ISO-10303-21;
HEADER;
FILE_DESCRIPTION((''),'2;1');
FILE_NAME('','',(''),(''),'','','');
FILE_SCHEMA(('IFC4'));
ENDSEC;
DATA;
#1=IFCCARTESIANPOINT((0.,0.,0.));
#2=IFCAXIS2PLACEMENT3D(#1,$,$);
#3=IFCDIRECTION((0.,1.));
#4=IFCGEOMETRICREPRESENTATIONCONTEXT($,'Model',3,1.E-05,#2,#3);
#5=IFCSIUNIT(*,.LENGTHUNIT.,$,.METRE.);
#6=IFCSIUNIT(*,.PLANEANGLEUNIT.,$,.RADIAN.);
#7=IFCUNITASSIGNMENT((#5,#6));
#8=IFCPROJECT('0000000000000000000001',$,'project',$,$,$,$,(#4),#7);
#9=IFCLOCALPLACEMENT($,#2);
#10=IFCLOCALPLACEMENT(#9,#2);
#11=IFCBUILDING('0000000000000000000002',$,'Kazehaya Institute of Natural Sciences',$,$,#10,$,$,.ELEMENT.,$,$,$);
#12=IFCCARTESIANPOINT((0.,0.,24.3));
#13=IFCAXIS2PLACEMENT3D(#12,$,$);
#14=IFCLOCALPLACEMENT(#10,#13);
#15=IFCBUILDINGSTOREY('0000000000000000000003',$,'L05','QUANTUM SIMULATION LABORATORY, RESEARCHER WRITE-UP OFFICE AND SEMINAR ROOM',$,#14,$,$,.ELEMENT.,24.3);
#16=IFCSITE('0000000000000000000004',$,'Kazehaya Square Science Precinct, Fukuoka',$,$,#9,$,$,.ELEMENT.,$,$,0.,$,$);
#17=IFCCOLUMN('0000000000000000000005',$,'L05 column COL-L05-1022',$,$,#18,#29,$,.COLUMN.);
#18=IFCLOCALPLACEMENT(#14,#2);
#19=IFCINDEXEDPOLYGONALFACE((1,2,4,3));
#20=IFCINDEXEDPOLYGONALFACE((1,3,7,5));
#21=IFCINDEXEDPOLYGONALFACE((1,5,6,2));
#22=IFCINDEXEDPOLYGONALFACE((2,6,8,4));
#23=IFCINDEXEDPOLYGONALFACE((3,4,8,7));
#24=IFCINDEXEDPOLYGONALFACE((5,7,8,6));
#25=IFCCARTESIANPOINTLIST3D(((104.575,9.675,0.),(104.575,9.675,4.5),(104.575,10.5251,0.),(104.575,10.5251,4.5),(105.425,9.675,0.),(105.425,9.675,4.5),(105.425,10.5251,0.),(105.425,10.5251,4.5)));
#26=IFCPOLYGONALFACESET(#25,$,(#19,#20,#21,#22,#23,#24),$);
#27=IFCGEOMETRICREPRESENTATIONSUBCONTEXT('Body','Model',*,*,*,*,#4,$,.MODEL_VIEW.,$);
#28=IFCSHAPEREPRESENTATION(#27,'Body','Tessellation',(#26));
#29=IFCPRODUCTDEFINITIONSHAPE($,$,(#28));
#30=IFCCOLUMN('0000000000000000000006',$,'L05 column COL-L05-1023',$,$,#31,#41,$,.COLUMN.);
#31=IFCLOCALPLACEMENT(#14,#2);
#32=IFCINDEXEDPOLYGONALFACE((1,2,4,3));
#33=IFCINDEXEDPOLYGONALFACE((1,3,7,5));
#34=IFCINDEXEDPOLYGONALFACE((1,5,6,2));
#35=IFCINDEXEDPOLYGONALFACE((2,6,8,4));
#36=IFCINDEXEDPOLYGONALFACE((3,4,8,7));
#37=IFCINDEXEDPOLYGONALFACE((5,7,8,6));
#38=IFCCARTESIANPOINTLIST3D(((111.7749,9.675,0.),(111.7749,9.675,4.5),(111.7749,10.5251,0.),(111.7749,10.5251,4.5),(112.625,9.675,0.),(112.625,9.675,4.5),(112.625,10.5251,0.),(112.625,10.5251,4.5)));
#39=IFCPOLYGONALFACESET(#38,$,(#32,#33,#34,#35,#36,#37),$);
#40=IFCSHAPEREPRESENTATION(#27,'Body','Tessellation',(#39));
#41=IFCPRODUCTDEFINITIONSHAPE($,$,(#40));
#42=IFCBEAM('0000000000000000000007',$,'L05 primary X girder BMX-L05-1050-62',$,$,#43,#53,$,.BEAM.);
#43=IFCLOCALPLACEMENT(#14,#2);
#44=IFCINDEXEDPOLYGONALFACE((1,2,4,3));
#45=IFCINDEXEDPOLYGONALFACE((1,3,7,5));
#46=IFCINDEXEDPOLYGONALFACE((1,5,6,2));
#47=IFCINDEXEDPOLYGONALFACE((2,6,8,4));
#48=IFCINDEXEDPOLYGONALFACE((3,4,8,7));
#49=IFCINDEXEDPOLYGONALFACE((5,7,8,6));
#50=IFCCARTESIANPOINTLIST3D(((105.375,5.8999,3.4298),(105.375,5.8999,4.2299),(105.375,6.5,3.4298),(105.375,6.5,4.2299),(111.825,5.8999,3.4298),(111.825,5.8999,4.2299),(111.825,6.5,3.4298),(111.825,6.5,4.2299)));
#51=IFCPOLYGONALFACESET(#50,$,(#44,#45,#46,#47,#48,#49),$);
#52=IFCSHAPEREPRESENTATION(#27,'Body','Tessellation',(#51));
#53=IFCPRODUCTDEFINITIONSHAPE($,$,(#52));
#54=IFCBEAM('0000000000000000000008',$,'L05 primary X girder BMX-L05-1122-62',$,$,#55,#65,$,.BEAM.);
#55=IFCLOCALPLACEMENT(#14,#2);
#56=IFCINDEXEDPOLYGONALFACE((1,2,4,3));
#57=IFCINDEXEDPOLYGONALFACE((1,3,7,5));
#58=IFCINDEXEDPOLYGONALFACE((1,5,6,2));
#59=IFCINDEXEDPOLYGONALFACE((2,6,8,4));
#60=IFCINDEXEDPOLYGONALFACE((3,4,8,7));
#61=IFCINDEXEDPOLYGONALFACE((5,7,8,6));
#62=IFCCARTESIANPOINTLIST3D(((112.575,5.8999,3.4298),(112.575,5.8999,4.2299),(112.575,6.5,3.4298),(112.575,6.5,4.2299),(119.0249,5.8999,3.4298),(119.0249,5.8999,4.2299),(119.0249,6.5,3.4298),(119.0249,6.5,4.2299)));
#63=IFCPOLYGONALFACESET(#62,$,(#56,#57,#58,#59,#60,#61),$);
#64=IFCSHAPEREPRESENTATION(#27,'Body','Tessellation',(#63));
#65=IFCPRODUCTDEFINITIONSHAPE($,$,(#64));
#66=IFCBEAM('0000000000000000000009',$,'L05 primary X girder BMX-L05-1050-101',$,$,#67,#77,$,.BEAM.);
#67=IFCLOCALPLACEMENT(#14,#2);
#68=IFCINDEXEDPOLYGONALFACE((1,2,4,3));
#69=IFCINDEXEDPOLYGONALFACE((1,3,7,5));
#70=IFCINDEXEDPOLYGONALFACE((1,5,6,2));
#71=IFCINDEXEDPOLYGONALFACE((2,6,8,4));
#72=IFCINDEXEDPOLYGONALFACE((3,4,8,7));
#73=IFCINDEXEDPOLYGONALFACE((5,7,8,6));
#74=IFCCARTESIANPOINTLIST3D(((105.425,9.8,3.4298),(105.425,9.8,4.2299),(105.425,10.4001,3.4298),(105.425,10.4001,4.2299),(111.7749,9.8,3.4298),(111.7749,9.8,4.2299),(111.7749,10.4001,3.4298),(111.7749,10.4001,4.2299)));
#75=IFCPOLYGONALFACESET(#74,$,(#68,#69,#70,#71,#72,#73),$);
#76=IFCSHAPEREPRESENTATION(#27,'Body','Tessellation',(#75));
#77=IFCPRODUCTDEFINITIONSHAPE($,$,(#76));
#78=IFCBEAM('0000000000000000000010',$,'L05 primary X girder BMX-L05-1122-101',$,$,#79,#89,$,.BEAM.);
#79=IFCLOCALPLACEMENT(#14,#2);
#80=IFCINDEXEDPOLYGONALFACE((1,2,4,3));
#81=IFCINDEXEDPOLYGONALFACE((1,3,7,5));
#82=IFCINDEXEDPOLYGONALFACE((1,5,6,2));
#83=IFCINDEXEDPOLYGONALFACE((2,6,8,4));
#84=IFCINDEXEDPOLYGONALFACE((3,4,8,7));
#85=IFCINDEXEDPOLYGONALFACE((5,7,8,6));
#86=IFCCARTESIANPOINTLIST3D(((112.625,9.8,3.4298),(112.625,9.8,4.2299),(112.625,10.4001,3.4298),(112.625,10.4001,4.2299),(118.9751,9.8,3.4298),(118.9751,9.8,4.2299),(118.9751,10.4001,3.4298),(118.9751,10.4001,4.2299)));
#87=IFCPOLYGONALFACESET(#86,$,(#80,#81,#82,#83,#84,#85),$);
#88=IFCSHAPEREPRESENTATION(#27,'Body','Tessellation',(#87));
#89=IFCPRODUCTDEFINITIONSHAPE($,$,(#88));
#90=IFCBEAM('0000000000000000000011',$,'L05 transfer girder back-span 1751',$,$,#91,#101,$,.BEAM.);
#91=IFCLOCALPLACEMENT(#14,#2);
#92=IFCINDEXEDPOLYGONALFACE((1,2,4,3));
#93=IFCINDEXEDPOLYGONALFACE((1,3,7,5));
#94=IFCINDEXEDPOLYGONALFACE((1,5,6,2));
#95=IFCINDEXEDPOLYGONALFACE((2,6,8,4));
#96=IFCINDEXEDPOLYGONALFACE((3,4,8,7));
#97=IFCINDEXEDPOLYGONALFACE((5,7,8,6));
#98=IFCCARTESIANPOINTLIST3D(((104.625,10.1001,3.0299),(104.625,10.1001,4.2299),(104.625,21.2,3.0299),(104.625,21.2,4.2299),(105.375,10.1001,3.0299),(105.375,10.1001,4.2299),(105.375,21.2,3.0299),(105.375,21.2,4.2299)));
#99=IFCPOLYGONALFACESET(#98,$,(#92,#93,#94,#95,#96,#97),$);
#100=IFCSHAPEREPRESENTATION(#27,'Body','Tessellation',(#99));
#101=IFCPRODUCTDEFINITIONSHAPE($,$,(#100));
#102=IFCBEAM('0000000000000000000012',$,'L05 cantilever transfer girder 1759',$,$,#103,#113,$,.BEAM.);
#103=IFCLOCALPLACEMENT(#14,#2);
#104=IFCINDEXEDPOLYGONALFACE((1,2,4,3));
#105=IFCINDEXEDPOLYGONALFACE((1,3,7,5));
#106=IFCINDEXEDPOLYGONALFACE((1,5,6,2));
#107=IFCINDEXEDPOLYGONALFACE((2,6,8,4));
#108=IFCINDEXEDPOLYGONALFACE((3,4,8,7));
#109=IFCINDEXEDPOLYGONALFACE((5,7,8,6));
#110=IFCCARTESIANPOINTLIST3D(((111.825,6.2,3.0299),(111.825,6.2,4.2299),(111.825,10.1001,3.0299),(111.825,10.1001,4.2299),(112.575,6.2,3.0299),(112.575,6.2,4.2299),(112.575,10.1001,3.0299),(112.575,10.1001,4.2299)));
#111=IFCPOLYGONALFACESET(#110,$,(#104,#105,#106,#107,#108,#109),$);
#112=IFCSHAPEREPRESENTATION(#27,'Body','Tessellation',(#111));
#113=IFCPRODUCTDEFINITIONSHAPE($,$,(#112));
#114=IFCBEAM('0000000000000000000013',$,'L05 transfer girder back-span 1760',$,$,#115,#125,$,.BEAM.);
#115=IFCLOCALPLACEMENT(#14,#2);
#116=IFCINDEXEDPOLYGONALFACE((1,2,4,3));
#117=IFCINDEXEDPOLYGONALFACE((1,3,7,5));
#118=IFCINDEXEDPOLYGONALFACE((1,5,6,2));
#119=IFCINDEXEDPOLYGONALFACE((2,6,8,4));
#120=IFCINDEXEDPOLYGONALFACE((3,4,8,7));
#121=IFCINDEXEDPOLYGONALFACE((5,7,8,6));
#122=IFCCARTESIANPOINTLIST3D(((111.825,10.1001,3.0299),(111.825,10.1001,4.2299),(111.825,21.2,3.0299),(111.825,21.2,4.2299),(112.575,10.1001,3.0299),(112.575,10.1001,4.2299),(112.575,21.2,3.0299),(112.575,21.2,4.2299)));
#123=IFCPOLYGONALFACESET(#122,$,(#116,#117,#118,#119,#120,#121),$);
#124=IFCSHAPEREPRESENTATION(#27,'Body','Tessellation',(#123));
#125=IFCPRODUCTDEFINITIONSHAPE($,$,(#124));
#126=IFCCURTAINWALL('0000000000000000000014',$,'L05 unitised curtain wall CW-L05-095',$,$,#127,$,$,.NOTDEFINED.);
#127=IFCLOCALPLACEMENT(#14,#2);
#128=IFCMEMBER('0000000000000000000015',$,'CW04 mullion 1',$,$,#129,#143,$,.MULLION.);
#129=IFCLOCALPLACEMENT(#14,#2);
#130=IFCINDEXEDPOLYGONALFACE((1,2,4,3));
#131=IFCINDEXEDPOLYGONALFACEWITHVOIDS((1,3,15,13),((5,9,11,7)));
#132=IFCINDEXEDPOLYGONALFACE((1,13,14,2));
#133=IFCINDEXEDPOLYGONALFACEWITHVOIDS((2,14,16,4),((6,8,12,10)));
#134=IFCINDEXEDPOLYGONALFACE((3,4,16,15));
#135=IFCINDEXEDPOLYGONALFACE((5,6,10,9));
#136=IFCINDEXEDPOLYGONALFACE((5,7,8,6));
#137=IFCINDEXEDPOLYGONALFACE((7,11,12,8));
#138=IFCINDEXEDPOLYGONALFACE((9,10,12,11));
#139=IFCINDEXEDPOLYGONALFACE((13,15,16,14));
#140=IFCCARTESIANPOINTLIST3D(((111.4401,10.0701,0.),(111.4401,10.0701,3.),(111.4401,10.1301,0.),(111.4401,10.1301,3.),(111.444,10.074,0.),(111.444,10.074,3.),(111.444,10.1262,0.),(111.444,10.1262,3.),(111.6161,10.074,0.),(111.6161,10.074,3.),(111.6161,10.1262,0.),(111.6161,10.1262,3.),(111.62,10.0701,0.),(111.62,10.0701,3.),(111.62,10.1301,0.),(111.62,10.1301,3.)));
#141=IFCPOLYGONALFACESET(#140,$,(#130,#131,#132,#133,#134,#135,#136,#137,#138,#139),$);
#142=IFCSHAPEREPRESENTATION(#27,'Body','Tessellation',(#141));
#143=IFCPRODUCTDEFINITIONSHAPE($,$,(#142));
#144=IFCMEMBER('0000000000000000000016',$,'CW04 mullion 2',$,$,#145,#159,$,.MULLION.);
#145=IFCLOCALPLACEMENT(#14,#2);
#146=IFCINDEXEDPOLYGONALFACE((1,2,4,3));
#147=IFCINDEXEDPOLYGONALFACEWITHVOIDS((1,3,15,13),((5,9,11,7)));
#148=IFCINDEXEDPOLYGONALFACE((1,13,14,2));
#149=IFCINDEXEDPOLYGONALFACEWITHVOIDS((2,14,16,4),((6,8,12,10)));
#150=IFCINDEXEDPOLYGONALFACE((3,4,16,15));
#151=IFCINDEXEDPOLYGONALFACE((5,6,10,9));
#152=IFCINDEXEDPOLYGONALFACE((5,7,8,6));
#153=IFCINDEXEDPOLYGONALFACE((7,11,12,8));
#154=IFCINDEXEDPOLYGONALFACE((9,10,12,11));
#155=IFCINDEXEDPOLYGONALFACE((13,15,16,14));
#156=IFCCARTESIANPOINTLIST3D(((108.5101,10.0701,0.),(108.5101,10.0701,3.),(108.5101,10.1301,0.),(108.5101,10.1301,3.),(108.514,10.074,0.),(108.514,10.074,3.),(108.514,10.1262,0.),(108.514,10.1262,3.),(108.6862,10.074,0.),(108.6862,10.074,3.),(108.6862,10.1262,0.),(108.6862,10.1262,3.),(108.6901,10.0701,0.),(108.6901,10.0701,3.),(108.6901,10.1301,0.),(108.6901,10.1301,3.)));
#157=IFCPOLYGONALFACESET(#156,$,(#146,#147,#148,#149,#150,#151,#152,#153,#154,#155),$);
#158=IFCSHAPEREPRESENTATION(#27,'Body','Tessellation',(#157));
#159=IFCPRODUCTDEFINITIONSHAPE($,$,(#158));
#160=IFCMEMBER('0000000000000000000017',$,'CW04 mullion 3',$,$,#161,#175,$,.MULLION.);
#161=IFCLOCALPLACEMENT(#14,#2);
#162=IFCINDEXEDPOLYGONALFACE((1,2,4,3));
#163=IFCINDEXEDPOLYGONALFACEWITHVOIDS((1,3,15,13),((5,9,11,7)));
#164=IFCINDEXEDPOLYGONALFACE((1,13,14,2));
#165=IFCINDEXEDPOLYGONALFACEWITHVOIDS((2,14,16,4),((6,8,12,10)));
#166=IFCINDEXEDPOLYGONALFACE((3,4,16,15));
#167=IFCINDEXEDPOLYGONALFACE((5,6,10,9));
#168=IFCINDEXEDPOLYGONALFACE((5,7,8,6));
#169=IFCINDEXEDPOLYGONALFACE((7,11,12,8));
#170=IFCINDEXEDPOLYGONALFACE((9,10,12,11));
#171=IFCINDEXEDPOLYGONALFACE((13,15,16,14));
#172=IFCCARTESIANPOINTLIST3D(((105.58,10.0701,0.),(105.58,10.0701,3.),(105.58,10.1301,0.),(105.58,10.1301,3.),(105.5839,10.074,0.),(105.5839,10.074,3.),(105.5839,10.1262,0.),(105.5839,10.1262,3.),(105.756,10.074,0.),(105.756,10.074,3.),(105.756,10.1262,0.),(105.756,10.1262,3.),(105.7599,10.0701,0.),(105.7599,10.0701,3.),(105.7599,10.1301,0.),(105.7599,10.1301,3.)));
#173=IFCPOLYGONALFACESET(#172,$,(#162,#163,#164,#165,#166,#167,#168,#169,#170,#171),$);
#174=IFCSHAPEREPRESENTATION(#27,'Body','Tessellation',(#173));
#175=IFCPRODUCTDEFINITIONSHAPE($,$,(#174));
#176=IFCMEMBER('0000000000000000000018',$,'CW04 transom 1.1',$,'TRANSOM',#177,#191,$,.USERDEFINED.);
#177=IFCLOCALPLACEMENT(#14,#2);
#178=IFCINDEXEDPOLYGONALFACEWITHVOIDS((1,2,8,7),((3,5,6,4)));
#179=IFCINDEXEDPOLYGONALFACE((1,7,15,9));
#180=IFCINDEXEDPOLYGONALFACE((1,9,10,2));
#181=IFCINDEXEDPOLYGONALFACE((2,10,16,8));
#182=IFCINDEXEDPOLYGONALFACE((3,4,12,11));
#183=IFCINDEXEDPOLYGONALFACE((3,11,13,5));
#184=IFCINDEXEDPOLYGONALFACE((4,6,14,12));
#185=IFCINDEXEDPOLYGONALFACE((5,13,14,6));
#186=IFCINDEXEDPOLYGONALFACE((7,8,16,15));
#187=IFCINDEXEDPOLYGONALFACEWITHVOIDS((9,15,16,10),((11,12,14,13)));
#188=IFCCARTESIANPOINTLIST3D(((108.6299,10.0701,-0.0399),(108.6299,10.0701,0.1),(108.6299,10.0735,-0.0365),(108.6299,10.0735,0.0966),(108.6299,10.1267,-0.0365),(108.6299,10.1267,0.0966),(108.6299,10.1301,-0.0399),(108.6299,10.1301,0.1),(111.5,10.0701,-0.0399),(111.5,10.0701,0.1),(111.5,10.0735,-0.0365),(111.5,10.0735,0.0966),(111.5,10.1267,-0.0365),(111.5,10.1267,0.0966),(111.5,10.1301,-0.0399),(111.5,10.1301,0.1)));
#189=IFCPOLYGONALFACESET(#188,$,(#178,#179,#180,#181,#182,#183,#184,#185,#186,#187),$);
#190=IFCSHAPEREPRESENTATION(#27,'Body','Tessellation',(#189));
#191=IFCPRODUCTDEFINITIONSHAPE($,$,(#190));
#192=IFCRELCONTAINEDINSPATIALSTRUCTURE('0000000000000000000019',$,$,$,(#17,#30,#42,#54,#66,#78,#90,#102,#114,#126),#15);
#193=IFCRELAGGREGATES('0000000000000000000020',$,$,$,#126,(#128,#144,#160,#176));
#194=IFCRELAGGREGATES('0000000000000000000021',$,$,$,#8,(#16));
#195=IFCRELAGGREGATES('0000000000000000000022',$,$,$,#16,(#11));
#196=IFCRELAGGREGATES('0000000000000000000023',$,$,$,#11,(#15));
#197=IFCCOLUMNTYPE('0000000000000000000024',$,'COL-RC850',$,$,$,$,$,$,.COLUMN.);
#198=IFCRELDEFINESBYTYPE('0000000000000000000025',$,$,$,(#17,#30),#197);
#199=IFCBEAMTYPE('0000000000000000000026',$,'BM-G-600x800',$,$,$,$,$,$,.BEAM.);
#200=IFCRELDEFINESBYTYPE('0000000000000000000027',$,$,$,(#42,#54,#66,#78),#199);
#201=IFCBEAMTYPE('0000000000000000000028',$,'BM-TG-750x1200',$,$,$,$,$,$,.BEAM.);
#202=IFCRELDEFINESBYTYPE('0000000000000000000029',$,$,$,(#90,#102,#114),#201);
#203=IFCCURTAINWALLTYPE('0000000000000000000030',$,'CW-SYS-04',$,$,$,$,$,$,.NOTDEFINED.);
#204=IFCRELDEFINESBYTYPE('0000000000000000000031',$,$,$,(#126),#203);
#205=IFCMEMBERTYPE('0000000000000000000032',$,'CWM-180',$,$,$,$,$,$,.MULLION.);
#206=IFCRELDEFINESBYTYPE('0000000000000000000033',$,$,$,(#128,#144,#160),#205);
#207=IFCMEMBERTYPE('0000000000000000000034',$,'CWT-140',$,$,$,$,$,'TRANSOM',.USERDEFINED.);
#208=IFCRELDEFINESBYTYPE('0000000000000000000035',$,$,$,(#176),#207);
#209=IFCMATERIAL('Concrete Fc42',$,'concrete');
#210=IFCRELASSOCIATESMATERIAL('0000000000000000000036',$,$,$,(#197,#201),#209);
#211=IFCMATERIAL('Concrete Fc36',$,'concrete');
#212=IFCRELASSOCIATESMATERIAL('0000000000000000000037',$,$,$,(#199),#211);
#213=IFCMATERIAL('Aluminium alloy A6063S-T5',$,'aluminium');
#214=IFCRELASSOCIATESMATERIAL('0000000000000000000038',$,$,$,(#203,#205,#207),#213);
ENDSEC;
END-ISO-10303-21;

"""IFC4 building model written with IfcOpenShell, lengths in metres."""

from ifc_helpers import new_model, si_unit, direction, frame, origin, origin_2d, place, context, subcontext, project, spatial, rectangle, hollow_rectangle, extrude, material, material_profile, profile_set, type_object, element, aggregate, save


model = new_model("IFC4")

# Units and contexts
model_context = context("Model", 3, precision=1e-05, world=origin(), true_north=direction((0.0, 1.0)))
body_context = subcontext(model_context, "Body", "Model", "MODEL_VIEW")
ifc_project = project(units=[si_unit("LENGTHUNIT", "METRE"), si_unit("PLANEANGLEUNIT", "RADIAN")], contexts=[model_context])

# Site, building, storey
site_placement = place(None, origin())
site = spatial("IfcSite", under=ifc_project, at=site_placement, Name="Kazehaya Square Science Precinct, Fukuoka", CompositionType="ELEMENT", RefElevation=0.0)
building_placement = place(site_placement, origin())
building = spatial("IfcBuilding", under=site, at=building_placement, Name="Kazehaya Institute of Natural Sciences", CompositionType="ELEMENT")
storey_placement = place(building_placement, frame((0.0, 0.0, 24.3)))
storey = spatial("IfcBuildingStorey", under=building, at=storey_placement, Name="L05", Description="QUANTUM SIMULATION LABORATORY, RESEARCHER WRITE-UP OFFICE AND SEMINAR ROOM", CompositionType="ELEMENT", Elevation=24.3)

# Columns
ifc_material_1 = material(Name="Concrete Fc42", Category="concrete")
ifc_material_profile_1 = material_profile(ifc_material_1, rectangle(XDim=0.8501, YDim=0.8501, at=origin_2d()), Name="RC-850x850")
ifc_profile_set_1 = profile_set([ifc_material_profile_1], Name="Concrete Fc42")
column_type = type_object("IfcColumnType", Name="COL-RC850", PredefinedType="COLUMN", material=ifc_profile_set_1)
for number, where, z_axis, x_axis, name in (
    (1, (105.0, 10.1001, 0.0), (0.0, 0.0, 1.0), (1.0, 0.0, 0.0), "L05 column COL-L05-1022"),
    (2, (112.2, 10.1001, 0.0), (0.0, 0.0, 1.0), (1.0, 0.0, 0.0), "L05 column COL-L05-1023"),
):
    element("IfcColumn", number, at=place(storey_placement, frame(where, z_axis=z_axis, x_axis=x_axis)), inside=storey, type_object=column_type, Name=name, PredefinedType="COLUMN", context=body_context, shape_type="SweptSolid", body=[
        extrude(rectangle(XDim=0.8501, YDim=0.8501, at=origin_2d()), origin(), (0.0, 0.0, 1.0), 4.5),
    ])

# Beams
ifc_material_2 = material(Name="Concrete Fc36", Category="concrete")
ifc_material_profile_2 = material_profile(ifc_material_2, rectangle(XDim=0.6001, YDim=0.8, at=origin_2d()), Name="RC-600x800")
ifc_profile_set_2 = profile_set([ifc_material_profile_2], Name="Concrete Fc36")
beam_type_1 = type_object("IfcBeamType", Name="BM-G-600x800", PredefinedType="BEAM", material=ifc_profile_set_2)
for number, where, z_axis, x_axis, name in (
    (3, (105.375, 6.2, 3.8298), (1.0, 0.0, 0.0), (0.0, 1.0, 0.0), "L05 primary X girder BMX-L05-1050-62"),
    (4, (112.575, 6.2, 3.8298), (1.0, 0.0, 0.0), (0.0, 1.0, 0.0), "L05 primary X girder BMX-L05-1122-62"),
):
    element("IfcBeam", number, at=place(storey_placement, frame(where, z_axis=z_axis, x_axis=x_axis)), inside=storey, type_object=beam_type_1, Name=name, PredefinedType="BEAM", context=body_context, shape_type="SweptSolid", body=[
        extrude(rectangle(XDim=0.6001, YDim=0.8, at=origin_2d()), origin(), (0.0, 0.0, 1.0), 6.45),
    ])
beam_1_placement = place(storey_placement, frame((105.425, 10.1001, 3.8298), z_axis=(1.0, 0.0, 0.0), x_axis=(0.0, 1.0, 0.0)))
element("IfcBeam", 5, at=beam_1_placement, inside=storey, type_object=beam_type_1, Name="L05 primary X girder BMX-L05-1050-101", PredefinedType="BEAM", context=body_context, shape_type="SweptSolid", body=[
    extrude(rectangle(XDim=0.6001, YDim=0.8, at=origin_2d()), origin(), (0.0, 0.0, 1.0), 6.3499),
])
beam_2_placement = place(storey_placement, frame((112.625, 10.1001, 3.8298), z_axis=(1.0, 0.0, 0.0), x_axis=(0.0, 1.0, 0.0)))
element("IfcBeam", 6, at=beam_2_placement, inside=storey, type_object=beam_type_1, Name="L05 primary X girder BMX-L05-1122-101", PredefinedType="BEAM", context=body_context, shape_type="SweptSolid", body=[
    extrude(rectangle(XDim=0.6001, YDim=0.8, at=origin_2d()), origin(), (0.0, 0.0, 1.0), 6.3501),
])
ifc_material_profile_3 = material_profile(ifc_material_1, rectangle(XDim=0.75, YDim=1.2, at=origin_2d()), Name="RC-750x1200")
ifc_profile_set_3 = profile_set([ifc_material_profile_3], Name="Concrete Fc42")
beam_type_2 = type_object("IfcBeamType", Name="BM-TG-750x1200", PredefinedType="BEAM", material=ifc_profile_set_3)
beam_3_placement = place(storey_placement, frame((105.0, 10.1001, 3.6299), z_axis=(0.0, 1.0, 0.0), x_axis=(-1.0, 0.0, 0.0)))
element("IfcBeam", 7, at=beam_3_placement, inside=storey, type_object=beam_type_2, Name="L05 transfer girder back-span 1751", PredefinedType="BEAM", context=body_context, shape_type="SweptSolid", body=[
    extrude(rectangle(XDim=0.75, YDim=1.2, at=origin_2d()), origin(), (0.0, 0.0, 1.0), 11.0999),
])
beam_4_placement = place(storey_placement, frame((112.2, 6.2, 3.6299), z_axis=(0.0, 1.0, 0.0), x_axis=(-1.0, 0.0, 0.0)))
element("IfcBeam", 8, at=beam_4_placement, inside=storey, type_object=beam_type_2, Name="L05 cantilever transfer girder 1759", PredefinedType="BEAM", context=body_context, shape_type="SweptSolid", body=[
    extrude(rectangle(XDim=0.75, YDim=1.2, at=origin_2d()), origin(), (0.0, 0.0, 1.0), 3.9001),
])
beam_5_placement = place(storey_placement, frame((112.2, 10.1001, 3.6299), z_axis=(0.0, 1.0, 0.0), x_axis=(-1.0, 0.0, 0.0)))
element("IfcBeam", 9, at=beam_5_placement, inside=storey, type_object=beam_type_2, Name="L05 transfer girder back-span 1760", PredefinedType="BEAM", context=body_context, shape_type="SweptSolid", body=[
    extrude(rectangle(XDim=0.75, YDim=1.2, at=origin_2d()), origin(), (0.0, 0.0, 1.0), 11.0999),
])

# Curtain wall, members
ifc_material_3 = material(Name="Aluminium alloy A6063S-T5", Category="aluminium")
curtain_wall_type = type_object("IfcCurtainWallType", Name="CW-SYS-04", PredefinedType="NOTDEFINED", material=ifc_material_3)
curtain_wall_placement = place(storey_placement, origin())
curtain_wall = element("IfcCurtainWall", 10, at=curtain_wall_placement, inside=storey, type_object=curtain_wall_type, Name="L05 unitised curtain wall CW-L05-095", PredefinedType="NOTDEFINED")
ifc_material_profile_4 = material_profile(ifc_material_3, hollow_rectangle(XDim=0.0601, YDim=0.1799, WallThickness=0.0039, at=origin_2d()), Name="ALU-60x180x4")
ifc_profile_set_4 = profile_set([ifc_material_profile_4], Name="Aluminium alloy A6063S-T5")
member_type_1 = type_object("IfcMemberType", Name="CWM-180", PredefinedType="MULLION", material=ifc_profile_set_4)
member_1_placement = place(storey_placement, frame((111.53, 10.1001, 0.0), z_axis=(0.0, 0.0, 1.0), x_axis=(0.0, -1.0, 0.0)))
member_1 = element("IfcMember", 11, at=member_1_placement, type_object=member_type_1, Name="CW04 mullion 1", PredefinedType="MULLION", context=body_context, shape_type="SweptSolid", body=[
    extrude(hollow_rectangle(XDim=0.0601, YDim=0.1799, WallThickness=0.0039, at=origin_2d()), origin(), (0.0, 0.0, 1.0), 3.0),
])
member_2_placement = place(storey_placement, frame((108.6001, 10.1001, 0.0), z_axis=(0.0, 0.0, 1.0), x_axis=(0.0, -1.0, 0.0)))
member_2 = element("IfcMember", 12, at=member_2_placement, type_object=member_type_1, Name="CW04 mullion 2", PredefinedType="MULLION", context=body_context, shape_type="SweptSolid", body=[
    extrude(hollow_rectangle(XDim=0.0601, YDim=0.1799, WallThickness=0.0039, at=origin_2d()), origin(), (0.0, 0.0, 1.0), 3.0),
])
member_3_placement = place(storey_placement, frame((105.6699, 10.1001, 0.0), z_axis=(0.0, 0.0, 1.0), x_axis=(0.0, -1.0, 0.0)))
member_3 = element("IfcMember", 13, at=member_3_placement, type_object=member_type_1, Name="CW04 mullion 3", PredefinedType="MULLION", context=body_context, shape_type="SweptSolid", body=[
    extrude(hollow_rectangle(XDim=0.0601, YDim=0.1799, WallThickness=0.0039, at=origin_2d()), origin(), (0.0, 0.0, 1.0), 3.0),
])
ifc_material_profile_5 = material_profile(ifc_material_3, hollow_rectangle(XDim=0.0601, YDim=0.1399, WallThickness=0.0034, at=origin_2d()), Name="ALU-60x140x3.5")
ifc_profile_set_5 = profile_set([ifc_material_profile_5], Name="Aluminium alloy A6063S-T5")
member_type_2 = type_object("IfcMemberType", Name="CWT-140", ElementType="TRANSOM", PredefinedType="USERDEFINED", material=ifc_profile_set_5)
member_4_placement = place(storey_placement, frame((111.5, 10.1001, 0.03), z_axis=(-1.0, 0.0, 0.0), x_axis=(0.0, -1.0, 0.0)))
member_4 = element("IfcMember", 14, at=member_4_placement, type_object=member_type_2, Name="CW04 transom 1.1", ObjectType="TRANSOM", PredefinedType="USERDEFINED", context=body_context, shape_type="SweptSolid", body=[
    extrude(hollow_rectangle(XDim=0.0601, YDim=0.1399, WallThickness=0.0034, at=origin_2d()), origin(), (0.0, 0.0, 1.0), 2.8701),
])

aggregate(curtain_wall, [member_1, member_2, member_3, member_4])

save(model, "model.ifc")
